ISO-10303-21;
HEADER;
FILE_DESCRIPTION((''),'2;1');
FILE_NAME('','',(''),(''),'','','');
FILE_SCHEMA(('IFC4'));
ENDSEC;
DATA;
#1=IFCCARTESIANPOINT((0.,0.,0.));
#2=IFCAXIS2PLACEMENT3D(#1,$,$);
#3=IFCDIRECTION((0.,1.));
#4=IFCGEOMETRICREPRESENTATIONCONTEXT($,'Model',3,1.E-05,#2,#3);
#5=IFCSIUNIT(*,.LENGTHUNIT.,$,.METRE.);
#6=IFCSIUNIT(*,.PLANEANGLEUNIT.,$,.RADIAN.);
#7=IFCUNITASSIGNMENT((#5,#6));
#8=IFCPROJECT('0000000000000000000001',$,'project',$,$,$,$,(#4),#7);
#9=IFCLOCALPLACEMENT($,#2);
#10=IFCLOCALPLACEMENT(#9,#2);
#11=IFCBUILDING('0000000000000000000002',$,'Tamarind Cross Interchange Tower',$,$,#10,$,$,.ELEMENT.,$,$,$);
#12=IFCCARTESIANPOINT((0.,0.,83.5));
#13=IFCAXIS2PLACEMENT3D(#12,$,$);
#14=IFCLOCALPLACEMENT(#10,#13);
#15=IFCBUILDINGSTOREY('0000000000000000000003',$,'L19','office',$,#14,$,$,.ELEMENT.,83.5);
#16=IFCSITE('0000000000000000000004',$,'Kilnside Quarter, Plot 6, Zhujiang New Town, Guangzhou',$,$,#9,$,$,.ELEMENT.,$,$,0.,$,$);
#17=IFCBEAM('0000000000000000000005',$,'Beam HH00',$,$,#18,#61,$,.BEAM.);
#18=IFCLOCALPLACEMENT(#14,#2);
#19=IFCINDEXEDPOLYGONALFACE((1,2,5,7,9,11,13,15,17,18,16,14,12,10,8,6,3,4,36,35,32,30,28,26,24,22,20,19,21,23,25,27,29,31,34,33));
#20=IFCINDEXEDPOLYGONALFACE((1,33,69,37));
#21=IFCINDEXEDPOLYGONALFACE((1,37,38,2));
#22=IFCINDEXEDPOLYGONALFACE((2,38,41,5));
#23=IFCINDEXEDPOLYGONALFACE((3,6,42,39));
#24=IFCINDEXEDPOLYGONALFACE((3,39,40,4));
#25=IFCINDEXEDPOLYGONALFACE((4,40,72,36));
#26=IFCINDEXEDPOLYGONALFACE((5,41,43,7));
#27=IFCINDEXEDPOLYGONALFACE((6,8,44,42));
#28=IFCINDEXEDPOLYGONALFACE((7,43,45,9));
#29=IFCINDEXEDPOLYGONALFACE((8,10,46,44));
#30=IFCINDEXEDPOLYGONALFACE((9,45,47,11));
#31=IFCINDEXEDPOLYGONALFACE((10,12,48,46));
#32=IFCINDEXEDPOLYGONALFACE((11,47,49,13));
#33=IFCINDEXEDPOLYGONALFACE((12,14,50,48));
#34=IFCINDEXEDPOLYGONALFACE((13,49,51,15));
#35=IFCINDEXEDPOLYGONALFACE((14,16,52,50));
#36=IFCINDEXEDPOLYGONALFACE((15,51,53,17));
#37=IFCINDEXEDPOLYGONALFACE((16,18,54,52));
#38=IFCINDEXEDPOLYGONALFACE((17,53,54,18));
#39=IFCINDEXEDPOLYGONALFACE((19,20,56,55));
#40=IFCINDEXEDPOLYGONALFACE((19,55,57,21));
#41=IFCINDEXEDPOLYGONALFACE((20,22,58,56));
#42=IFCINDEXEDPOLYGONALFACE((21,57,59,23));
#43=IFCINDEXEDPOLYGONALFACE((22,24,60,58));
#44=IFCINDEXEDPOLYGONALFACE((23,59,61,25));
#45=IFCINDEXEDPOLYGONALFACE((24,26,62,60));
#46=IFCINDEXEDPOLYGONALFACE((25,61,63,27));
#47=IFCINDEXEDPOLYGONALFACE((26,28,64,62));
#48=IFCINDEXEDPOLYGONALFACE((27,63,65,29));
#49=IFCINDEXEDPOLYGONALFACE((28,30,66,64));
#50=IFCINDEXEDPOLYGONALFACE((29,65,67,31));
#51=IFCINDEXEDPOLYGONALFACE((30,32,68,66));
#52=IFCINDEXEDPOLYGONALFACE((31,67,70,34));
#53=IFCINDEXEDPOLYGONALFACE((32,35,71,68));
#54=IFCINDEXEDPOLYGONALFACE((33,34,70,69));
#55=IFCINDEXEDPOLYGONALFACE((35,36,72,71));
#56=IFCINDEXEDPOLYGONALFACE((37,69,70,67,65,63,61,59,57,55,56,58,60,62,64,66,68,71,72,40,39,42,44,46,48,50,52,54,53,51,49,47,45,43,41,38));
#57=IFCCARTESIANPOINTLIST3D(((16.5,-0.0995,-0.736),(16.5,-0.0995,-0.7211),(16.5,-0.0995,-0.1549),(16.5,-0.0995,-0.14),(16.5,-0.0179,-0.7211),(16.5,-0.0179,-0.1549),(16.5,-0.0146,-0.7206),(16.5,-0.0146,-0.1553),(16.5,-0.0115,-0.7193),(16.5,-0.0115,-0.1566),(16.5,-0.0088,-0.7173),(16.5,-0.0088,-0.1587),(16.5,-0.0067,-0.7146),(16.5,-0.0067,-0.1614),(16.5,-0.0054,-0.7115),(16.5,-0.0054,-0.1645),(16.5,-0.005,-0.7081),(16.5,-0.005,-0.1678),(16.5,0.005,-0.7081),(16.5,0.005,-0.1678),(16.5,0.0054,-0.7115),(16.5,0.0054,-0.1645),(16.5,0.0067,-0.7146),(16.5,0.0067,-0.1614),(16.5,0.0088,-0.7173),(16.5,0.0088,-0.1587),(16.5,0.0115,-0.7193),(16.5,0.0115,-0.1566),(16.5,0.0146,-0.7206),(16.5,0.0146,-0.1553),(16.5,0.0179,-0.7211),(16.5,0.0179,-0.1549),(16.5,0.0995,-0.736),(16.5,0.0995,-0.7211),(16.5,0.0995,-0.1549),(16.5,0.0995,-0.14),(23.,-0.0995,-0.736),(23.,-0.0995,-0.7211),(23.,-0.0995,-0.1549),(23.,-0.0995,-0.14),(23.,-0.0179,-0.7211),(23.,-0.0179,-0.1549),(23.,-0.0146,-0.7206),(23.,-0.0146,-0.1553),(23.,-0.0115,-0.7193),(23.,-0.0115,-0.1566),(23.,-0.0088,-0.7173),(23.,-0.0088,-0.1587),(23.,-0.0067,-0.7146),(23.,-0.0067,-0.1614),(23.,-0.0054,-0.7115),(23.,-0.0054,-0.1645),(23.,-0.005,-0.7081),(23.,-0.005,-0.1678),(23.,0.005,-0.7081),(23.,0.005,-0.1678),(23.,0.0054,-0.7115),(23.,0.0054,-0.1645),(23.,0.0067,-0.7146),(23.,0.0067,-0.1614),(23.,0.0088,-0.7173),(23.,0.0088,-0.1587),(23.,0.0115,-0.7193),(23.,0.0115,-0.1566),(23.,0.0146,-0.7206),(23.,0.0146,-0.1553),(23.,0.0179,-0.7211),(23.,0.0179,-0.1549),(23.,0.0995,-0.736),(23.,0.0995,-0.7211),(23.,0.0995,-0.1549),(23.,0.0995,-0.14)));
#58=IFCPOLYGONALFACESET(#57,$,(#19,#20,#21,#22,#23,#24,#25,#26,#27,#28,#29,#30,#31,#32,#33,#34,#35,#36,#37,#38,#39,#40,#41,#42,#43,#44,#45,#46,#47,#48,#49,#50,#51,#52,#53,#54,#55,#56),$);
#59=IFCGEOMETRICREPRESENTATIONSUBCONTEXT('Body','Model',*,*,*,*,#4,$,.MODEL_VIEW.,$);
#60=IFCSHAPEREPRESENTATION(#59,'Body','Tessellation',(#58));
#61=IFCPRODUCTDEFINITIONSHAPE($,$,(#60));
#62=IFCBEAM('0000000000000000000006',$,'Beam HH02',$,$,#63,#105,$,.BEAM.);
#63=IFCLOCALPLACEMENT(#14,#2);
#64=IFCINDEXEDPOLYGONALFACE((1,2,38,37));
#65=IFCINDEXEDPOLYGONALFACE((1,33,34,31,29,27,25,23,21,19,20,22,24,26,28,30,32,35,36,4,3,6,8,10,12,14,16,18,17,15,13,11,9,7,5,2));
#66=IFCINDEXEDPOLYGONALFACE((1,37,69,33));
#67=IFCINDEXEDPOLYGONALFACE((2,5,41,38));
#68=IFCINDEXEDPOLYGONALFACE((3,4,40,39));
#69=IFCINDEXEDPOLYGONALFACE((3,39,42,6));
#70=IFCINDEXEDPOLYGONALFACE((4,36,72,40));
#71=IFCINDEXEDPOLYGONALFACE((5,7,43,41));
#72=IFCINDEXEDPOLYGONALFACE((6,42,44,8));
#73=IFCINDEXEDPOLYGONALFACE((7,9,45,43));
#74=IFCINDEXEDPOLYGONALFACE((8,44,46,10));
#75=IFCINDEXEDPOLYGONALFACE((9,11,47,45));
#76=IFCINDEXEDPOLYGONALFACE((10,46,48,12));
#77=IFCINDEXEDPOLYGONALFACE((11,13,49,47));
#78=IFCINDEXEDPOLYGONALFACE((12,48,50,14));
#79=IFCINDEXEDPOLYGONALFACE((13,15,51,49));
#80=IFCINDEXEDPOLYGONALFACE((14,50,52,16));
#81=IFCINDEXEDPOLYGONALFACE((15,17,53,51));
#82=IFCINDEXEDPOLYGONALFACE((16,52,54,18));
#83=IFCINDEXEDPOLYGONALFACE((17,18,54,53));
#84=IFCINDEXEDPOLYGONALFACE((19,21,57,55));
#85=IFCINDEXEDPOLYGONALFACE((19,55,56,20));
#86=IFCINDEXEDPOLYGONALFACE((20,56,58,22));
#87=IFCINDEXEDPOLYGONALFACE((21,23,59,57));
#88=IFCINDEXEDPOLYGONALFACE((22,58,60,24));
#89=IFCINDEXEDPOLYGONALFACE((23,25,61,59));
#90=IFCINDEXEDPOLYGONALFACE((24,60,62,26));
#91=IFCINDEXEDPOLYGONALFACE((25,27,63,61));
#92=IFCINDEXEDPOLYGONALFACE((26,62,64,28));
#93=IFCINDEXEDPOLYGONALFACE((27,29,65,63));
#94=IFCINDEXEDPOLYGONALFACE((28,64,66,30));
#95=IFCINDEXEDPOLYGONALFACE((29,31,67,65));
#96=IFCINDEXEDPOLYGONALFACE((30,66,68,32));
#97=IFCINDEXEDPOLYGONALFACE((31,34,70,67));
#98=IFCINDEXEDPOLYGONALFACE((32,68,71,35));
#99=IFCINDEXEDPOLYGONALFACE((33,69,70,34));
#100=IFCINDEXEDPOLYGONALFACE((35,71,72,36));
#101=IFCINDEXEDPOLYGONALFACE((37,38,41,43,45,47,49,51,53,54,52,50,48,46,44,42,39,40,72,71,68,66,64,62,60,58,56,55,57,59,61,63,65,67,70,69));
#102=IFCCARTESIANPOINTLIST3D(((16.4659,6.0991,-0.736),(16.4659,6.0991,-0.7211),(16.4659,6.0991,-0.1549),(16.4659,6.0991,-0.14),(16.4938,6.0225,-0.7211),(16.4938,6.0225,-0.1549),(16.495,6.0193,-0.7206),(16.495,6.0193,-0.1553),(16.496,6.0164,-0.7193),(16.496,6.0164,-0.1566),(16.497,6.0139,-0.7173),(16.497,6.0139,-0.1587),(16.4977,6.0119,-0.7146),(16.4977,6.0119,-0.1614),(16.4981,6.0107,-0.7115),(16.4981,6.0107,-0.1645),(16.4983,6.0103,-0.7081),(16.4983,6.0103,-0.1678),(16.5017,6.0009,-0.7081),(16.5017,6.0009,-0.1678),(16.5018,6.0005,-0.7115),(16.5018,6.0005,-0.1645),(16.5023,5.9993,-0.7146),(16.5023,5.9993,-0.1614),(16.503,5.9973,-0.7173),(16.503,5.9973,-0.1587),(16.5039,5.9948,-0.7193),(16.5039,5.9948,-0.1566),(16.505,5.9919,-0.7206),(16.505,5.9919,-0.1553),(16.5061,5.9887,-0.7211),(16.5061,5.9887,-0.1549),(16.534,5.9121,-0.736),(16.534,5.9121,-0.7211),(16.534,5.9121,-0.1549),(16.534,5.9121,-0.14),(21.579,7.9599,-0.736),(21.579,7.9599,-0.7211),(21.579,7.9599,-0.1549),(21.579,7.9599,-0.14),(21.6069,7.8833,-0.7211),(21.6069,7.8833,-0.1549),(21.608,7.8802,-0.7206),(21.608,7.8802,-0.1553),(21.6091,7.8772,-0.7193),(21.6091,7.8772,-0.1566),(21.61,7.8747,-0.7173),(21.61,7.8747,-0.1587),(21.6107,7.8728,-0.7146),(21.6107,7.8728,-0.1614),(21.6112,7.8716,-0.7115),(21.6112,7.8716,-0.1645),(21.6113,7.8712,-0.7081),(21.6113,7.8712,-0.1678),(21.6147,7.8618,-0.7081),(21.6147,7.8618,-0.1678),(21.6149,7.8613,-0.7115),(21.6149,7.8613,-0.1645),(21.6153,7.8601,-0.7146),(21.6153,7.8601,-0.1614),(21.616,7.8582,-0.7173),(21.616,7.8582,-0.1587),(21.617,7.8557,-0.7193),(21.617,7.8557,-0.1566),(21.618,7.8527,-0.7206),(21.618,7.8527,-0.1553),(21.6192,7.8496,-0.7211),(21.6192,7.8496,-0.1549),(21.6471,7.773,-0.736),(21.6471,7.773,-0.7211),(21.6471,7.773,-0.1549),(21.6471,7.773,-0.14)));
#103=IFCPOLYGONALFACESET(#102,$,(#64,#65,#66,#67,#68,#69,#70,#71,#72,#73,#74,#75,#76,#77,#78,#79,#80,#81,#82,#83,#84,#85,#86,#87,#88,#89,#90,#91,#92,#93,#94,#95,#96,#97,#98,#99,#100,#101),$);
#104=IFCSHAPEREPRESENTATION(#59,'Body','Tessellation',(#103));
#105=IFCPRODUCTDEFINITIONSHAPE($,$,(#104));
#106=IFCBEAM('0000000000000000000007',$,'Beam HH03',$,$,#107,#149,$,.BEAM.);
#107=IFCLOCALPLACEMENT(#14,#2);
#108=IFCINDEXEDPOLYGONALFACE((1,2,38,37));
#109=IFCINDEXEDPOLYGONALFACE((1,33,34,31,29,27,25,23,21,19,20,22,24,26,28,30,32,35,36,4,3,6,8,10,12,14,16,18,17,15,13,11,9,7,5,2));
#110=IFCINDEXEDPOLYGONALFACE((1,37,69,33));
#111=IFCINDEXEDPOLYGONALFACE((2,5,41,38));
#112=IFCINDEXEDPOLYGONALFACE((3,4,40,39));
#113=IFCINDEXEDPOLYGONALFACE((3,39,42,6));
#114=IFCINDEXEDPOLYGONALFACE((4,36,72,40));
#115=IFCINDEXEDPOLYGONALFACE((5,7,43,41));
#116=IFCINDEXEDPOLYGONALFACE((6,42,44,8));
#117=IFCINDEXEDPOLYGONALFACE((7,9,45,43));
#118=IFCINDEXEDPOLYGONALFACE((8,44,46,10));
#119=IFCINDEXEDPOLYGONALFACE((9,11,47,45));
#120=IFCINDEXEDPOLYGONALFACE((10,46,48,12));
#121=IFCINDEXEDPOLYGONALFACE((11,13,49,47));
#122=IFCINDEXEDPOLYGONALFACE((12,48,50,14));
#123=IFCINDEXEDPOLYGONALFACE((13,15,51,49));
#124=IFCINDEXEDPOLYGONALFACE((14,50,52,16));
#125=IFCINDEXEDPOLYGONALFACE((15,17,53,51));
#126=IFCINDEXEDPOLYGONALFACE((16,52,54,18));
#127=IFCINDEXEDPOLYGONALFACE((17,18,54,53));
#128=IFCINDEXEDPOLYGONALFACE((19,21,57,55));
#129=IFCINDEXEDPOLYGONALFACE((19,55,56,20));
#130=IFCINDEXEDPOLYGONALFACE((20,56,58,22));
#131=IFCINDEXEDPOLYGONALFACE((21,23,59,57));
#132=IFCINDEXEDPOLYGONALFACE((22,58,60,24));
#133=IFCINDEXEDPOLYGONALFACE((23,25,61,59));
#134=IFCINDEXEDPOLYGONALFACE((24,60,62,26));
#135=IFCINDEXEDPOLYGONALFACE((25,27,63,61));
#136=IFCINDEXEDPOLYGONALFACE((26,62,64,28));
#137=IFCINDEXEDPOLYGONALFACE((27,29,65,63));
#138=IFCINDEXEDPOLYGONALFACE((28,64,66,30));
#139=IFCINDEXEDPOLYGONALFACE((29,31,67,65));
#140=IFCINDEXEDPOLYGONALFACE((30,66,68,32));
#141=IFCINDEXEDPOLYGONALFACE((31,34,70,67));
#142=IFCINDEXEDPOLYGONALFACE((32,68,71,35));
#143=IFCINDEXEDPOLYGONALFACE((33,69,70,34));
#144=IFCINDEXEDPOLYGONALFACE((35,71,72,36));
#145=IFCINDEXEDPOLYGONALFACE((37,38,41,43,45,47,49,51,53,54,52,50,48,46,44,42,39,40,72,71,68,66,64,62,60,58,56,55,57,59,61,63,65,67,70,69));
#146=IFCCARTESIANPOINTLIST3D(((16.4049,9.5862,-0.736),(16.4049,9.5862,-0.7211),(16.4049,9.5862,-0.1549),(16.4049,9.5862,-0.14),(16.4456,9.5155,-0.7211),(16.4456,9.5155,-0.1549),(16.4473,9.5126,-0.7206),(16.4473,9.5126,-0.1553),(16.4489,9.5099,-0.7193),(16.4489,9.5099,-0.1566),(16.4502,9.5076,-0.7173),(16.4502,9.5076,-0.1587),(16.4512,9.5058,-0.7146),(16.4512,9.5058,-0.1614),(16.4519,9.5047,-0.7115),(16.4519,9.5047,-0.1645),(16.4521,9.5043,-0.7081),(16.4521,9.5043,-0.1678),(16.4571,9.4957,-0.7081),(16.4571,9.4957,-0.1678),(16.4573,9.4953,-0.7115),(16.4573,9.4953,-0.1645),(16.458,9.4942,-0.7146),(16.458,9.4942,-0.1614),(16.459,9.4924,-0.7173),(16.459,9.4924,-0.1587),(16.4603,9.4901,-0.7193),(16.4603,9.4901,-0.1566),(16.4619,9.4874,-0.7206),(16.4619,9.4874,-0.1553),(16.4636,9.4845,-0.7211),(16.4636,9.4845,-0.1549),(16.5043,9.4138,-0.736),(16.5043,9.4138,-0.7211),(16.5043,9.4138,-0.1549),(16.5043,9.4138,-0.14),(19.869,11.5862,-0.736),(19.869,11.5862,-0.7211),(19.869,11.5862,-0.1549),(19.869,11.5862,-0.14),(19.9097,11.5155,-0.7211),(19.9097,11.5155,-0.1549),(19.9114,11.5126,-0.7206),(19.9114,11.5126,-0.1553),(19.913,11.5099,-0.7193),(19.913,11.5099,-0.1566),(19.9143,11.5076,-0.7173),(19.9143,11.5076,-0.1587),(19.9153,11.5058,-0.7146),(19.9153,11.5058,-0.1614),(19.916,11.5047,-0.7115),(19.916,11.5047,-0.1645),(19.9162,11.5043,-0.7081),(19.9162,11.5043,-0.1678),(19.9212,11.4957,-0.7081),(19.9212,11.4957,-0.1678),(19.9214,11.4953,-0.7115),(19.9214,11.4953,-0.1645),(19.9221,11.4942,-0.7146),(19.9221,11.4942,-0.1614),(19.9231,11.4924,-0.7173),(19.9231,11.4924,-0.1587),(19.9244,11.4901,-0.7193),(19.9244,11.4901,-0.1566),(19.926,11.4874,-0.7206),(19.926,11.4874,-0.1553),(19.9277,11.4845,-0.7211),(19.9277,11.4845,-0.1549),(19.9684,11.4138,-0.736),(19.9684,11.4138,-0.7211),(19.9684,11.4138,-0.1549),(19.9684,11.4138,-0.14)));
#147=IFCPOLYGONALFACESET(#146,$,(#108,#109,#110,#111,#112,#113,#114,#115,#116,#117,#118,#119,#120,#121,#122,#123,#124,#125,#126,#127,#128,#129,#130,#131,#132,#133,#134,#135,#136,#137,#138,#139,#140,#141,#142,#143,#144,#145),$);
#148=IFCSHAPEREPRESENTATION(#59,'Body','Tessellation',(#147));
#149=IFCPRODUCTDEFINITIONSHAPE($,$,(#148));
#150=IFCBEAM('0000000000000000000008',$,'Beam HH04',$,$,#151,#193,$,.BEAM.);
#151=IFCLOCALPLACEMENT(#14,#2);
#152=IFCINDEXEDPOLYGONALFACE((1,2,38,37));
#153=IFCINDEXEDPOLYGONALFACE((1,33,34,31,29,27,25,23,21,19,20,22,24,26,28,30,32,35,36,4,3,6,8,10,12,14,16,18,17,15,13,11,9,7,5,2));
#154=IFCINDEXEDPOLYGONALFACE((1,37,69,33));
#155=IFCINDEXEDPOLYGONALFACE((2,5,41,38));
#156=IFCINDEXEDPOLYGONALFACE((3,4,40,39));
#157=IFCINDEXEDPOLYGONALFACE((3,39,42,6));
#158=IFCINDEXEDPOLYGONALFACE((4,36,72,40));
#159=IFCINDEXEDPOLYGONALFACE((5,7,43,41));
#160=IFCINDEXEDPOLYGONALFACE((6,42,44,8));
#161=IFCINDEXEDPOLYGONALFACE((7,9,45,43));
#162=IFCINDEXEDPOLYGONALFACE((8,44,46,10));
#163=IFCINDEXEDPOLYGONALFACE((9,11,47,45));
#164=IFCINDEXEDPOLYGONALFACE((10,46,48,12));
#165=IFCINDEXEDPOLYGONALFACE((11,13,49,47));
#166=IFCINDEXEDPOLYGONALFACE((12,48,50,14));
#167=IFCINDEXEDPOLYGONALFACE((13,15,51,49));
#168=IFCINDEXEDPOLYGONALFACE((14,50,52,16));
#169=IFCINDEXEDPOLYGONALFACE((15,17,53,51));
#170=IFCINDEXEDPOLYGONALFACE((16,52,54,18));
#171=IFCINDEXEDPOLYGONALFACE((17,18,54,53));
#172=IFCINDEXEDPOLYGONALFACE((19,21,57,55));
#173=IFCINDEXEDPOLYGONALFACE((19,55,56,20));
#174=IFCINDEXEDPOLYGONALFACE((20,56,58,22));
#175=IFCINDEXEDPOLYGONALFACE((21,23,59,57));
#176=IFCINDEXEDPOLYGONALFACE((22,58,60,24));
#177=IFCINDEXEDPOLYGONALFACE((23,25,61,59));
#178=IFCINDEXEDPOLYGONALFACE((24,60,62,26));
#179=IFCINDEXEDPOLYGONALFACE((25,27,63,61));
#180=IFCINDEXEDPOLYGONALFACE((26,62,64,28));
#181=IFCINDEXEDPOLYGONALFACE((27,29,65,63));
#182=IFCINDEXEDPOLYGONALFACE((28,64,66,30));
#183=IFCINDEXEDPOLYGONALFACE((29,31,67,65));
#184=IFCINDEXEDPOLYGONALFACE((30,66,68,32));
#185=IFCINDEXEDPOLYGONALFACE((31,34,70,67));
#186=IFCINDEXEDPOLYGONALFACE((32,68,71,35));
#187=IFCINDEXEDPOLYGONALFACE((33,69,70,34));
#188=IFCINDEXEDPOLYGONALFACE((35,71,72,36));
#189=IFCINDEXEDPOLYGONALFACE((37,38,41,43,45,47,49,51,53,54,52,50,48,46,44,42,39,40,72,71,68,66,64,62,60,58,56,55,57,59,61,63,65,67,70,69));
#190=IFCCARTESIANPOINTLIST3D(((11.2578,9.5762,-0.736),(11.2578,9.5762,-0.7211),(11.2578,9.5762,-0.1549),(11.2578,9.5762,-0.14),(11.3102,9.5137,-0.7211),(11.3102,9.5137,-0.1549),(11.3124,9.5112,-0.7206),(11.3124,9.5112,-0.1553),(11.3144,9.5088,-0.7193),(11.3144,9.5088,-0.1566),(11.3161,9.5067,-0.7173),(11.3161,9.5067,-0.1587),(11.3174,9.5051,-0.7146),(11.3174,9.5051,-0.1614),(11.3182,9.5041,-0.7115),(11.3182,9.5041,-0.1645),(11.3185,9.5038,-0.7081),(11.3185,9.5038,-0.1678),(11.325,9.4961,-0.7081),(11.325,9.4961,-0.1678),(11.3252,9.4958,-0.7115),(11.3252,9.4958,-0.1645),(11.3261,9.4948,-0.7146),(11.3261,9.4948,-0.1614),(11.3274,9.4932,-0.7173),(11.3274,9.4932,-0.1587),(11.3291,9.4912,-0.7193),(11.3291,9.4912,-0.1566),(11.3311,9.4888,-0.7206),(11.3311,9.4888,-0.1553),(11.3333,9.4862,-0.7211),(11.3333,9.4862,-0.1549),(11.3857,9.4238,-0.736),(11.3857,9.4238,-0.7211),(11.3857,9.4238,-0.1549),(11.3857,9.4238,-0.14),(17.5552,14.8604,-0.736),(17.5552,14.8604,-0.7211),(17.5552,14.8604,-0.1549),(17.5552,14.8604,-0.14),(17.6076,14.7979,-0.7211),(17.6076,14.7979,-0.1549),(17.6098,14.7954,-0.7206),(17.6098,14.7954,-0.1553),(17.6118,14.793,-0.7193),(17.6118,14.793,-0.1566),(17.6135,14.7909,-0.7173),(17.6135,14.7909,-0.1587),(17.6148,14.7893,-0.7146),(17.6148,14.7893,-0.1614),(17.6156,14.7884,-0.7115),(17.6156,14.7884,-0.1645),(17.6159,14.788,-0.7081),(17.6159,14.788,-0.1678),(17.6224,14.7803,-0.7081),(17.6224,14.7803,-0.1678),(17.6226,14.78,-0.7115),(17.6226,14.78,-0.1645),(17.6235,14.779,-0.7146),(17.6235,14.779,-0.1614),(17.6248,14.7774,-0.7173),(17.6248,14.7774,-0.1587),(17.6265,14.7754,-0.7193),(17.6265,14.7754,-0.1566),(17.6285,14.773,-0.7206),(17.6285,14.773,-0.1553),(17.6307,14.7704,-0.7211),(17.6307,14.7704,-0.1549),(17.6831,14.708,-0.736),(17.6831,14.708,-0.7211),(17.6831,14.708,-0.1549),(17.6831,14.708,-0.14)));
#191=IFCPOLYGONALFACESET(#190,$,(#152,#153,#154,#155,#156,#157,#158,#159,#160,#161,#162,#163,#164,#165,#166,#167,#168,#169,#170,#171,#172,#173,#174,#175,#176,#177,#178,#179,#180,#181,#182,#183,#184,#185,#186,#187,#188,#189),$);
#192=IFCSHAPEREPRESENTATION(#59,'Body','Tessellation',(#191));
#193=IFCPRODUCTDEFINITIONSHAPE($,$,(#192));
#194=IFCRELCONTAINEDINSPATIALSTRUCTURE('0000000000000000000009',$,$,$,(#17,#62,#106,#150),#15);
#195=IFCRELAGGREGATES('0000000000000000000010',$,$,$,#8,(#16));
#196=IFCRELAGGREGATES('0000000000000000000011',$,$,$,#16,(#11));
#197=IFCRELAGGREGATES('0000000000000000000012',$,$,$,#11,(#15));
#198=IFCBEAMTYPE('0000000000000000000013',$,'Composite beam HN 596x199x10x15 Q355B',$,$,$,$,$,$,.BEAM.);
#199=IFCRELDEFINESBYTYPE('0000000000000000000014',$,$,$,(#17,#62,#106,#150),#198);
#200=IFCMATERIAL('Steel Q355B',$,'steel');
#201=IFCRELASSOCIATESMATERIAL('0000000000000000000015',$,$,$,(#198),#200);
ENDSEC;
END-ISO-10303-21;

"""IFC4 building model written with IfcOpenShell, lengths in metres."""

from ifc_helpers import new_model, si_unit, direction, frame, origin, origin_2d, place, context, subcontext, project, spatial, i_section, extrude, material, material_profile, profile_set, type_object, element, save


model = new_model("IFC4")

# Units and contexts
model_context = context("Model", 3, precision=1e-05, world=origin(), true_north=direction((0.0, 1.0)))
body_context = subcontext(model_context, "Body", "Model", "MODEL_VIEW")
ifc_project = project(units=[si_unit("LENGTHUNIT", "METRE"), si_unit("PLANEANGLEUNIT", "RADIAN")], contexts=[model_context])

# Site, building, storey
site_placement = place(None, origin())
site = spatial("IfcSite", under=ifc_project, at=site_placement, Name="Kilnside Quarter, Plot 6, Zhujiang New Town, Guangzhou", CompositionType="ELEMENT", RefElevation=0.0)
building_placement = place(site_placement, origin())
building = spatial("IfcBuilding", under=site, at=building_placement, Name="Tamarind Cross Interchange Tower", CompositionType="ELEMENT")
storey_placement = place(building_placement, frame((0.0, 0.0, 83.5)))
storey = spatial("IfcBuildingStorey", under=building, at=storey_placement, Name="L19", Description="office", CompositionType="ELEMENT", Elevation=83.5)

# Beams
ifc_material_1 = material(Name="Steel Q355B", Category="steel")
ifc_material_profile_1 = material_profile(ifc_material_1, i_section(OverallWidth=0.199, OverallDepth=0.5959, WebThickness=0.01, FlangeThickness=0.0149, FilletRadius=0.0129, at=origin_2d()), Name="HN 596x199x10x15")
ifc_profile_set_1 = profile_set([ifc_material_profile_1], Name="Steel Q355B")
beam_type = type_object("IfcBeamType", Name="Composite beam HN 596x199x10x15 Q355B", PredefinedType="BEAM", material=ifc_profile_set_1)
beam_1_placement = place(storey_placement, frame((23.0, 0.0, -0.438), z_axis=(-1.0, 0.0, 0.0), x_axis=(0.0, -1.0, 0.0)))
element("IfcBeam", 1, at=beam_1_placement, inside=storey, type_object=beam_type, Name="Beam HH00", PredefinedType="BEAM", context=body_context, shape_type="SweptSolid", body=[
    extrude(i_section(OverallWidth=0.199, OverallDepth=0.5959, WebThickness=0.01, FlangeThickness=0.0149, FilletRadius=0.0129, at=origin_2d()), origin(), (0.0, 0.0, 1.0), 6.5),
])
beam_2_placement = place(storey_placement, frame((21.613, 7.8665, -0.438), z_axis=(-0.939702, -0.341995, 0.0), x_axis=(0.341995, -0.939702, 0.0)))
element("IfcBeam", 2, at=beam_2_placement, inside=storey, type_object=beam_type, Name="Beam HH02", PredefinedType="BEAM", context=body_context, shape_type="SweptSolid", body=[
    extrude(i_section(OverallWidth=0.199, OverallDepth=0.5959, WebThickness=0.01, FlangeThickness=0.0149, FilletRadius=0.0129, at=origin_2d()), origin(), (0.0, 0.0, 1.0), 5.4412),
])
beam_3_placement = place(storey_placement, frame((19.9187, 11.5, -0.438), z_axis=(-0.866026, -0.499999, 0.0), x_axis=(0.499999, -0.866026, 0.0)))
element("IfcBeam", 3, at=beam_3_placement, inside=storey, type_object=beam_type, Name="Beam HH03", PredefinedType="BEAM", context=body_context, shape_type="SweptSolid", body=[
    extrude(i_section(OverallWidth=0.199, OverallDepth=0.5959, WebThickness=0.01, FlangeThickness=0.0149, FilletRadius=0.0129, at=origin_2d()), origin(), (0.0, 0.0, 1.0), 4.0),
])
beam_4_placement = place(storey_placement, frame((17.6191, 14.7842, -0.438), z_axis=(-0.766041, -0.642792, 0.0), x_axis=(0.642792, -0.766041, 0.0)))
element("IfcBeam", 4, at=beam_4_placement, inside=storey, type_object=beam_type, Name="Beam HH04", PredefinedType="BEAM", context=body_context, shape_type="SweptSolid", body=[
    extrude(i_section(OverallWidth=0.199, OverallDepth=0.5959, WebThickness=0.01, FlangeThickness=0.0149, FilletRadius=0.0129, at=origin_2d()), origin(), (0.0, 0.0, 1.0), 8.2207),
])

save(model, "model.ifc")
